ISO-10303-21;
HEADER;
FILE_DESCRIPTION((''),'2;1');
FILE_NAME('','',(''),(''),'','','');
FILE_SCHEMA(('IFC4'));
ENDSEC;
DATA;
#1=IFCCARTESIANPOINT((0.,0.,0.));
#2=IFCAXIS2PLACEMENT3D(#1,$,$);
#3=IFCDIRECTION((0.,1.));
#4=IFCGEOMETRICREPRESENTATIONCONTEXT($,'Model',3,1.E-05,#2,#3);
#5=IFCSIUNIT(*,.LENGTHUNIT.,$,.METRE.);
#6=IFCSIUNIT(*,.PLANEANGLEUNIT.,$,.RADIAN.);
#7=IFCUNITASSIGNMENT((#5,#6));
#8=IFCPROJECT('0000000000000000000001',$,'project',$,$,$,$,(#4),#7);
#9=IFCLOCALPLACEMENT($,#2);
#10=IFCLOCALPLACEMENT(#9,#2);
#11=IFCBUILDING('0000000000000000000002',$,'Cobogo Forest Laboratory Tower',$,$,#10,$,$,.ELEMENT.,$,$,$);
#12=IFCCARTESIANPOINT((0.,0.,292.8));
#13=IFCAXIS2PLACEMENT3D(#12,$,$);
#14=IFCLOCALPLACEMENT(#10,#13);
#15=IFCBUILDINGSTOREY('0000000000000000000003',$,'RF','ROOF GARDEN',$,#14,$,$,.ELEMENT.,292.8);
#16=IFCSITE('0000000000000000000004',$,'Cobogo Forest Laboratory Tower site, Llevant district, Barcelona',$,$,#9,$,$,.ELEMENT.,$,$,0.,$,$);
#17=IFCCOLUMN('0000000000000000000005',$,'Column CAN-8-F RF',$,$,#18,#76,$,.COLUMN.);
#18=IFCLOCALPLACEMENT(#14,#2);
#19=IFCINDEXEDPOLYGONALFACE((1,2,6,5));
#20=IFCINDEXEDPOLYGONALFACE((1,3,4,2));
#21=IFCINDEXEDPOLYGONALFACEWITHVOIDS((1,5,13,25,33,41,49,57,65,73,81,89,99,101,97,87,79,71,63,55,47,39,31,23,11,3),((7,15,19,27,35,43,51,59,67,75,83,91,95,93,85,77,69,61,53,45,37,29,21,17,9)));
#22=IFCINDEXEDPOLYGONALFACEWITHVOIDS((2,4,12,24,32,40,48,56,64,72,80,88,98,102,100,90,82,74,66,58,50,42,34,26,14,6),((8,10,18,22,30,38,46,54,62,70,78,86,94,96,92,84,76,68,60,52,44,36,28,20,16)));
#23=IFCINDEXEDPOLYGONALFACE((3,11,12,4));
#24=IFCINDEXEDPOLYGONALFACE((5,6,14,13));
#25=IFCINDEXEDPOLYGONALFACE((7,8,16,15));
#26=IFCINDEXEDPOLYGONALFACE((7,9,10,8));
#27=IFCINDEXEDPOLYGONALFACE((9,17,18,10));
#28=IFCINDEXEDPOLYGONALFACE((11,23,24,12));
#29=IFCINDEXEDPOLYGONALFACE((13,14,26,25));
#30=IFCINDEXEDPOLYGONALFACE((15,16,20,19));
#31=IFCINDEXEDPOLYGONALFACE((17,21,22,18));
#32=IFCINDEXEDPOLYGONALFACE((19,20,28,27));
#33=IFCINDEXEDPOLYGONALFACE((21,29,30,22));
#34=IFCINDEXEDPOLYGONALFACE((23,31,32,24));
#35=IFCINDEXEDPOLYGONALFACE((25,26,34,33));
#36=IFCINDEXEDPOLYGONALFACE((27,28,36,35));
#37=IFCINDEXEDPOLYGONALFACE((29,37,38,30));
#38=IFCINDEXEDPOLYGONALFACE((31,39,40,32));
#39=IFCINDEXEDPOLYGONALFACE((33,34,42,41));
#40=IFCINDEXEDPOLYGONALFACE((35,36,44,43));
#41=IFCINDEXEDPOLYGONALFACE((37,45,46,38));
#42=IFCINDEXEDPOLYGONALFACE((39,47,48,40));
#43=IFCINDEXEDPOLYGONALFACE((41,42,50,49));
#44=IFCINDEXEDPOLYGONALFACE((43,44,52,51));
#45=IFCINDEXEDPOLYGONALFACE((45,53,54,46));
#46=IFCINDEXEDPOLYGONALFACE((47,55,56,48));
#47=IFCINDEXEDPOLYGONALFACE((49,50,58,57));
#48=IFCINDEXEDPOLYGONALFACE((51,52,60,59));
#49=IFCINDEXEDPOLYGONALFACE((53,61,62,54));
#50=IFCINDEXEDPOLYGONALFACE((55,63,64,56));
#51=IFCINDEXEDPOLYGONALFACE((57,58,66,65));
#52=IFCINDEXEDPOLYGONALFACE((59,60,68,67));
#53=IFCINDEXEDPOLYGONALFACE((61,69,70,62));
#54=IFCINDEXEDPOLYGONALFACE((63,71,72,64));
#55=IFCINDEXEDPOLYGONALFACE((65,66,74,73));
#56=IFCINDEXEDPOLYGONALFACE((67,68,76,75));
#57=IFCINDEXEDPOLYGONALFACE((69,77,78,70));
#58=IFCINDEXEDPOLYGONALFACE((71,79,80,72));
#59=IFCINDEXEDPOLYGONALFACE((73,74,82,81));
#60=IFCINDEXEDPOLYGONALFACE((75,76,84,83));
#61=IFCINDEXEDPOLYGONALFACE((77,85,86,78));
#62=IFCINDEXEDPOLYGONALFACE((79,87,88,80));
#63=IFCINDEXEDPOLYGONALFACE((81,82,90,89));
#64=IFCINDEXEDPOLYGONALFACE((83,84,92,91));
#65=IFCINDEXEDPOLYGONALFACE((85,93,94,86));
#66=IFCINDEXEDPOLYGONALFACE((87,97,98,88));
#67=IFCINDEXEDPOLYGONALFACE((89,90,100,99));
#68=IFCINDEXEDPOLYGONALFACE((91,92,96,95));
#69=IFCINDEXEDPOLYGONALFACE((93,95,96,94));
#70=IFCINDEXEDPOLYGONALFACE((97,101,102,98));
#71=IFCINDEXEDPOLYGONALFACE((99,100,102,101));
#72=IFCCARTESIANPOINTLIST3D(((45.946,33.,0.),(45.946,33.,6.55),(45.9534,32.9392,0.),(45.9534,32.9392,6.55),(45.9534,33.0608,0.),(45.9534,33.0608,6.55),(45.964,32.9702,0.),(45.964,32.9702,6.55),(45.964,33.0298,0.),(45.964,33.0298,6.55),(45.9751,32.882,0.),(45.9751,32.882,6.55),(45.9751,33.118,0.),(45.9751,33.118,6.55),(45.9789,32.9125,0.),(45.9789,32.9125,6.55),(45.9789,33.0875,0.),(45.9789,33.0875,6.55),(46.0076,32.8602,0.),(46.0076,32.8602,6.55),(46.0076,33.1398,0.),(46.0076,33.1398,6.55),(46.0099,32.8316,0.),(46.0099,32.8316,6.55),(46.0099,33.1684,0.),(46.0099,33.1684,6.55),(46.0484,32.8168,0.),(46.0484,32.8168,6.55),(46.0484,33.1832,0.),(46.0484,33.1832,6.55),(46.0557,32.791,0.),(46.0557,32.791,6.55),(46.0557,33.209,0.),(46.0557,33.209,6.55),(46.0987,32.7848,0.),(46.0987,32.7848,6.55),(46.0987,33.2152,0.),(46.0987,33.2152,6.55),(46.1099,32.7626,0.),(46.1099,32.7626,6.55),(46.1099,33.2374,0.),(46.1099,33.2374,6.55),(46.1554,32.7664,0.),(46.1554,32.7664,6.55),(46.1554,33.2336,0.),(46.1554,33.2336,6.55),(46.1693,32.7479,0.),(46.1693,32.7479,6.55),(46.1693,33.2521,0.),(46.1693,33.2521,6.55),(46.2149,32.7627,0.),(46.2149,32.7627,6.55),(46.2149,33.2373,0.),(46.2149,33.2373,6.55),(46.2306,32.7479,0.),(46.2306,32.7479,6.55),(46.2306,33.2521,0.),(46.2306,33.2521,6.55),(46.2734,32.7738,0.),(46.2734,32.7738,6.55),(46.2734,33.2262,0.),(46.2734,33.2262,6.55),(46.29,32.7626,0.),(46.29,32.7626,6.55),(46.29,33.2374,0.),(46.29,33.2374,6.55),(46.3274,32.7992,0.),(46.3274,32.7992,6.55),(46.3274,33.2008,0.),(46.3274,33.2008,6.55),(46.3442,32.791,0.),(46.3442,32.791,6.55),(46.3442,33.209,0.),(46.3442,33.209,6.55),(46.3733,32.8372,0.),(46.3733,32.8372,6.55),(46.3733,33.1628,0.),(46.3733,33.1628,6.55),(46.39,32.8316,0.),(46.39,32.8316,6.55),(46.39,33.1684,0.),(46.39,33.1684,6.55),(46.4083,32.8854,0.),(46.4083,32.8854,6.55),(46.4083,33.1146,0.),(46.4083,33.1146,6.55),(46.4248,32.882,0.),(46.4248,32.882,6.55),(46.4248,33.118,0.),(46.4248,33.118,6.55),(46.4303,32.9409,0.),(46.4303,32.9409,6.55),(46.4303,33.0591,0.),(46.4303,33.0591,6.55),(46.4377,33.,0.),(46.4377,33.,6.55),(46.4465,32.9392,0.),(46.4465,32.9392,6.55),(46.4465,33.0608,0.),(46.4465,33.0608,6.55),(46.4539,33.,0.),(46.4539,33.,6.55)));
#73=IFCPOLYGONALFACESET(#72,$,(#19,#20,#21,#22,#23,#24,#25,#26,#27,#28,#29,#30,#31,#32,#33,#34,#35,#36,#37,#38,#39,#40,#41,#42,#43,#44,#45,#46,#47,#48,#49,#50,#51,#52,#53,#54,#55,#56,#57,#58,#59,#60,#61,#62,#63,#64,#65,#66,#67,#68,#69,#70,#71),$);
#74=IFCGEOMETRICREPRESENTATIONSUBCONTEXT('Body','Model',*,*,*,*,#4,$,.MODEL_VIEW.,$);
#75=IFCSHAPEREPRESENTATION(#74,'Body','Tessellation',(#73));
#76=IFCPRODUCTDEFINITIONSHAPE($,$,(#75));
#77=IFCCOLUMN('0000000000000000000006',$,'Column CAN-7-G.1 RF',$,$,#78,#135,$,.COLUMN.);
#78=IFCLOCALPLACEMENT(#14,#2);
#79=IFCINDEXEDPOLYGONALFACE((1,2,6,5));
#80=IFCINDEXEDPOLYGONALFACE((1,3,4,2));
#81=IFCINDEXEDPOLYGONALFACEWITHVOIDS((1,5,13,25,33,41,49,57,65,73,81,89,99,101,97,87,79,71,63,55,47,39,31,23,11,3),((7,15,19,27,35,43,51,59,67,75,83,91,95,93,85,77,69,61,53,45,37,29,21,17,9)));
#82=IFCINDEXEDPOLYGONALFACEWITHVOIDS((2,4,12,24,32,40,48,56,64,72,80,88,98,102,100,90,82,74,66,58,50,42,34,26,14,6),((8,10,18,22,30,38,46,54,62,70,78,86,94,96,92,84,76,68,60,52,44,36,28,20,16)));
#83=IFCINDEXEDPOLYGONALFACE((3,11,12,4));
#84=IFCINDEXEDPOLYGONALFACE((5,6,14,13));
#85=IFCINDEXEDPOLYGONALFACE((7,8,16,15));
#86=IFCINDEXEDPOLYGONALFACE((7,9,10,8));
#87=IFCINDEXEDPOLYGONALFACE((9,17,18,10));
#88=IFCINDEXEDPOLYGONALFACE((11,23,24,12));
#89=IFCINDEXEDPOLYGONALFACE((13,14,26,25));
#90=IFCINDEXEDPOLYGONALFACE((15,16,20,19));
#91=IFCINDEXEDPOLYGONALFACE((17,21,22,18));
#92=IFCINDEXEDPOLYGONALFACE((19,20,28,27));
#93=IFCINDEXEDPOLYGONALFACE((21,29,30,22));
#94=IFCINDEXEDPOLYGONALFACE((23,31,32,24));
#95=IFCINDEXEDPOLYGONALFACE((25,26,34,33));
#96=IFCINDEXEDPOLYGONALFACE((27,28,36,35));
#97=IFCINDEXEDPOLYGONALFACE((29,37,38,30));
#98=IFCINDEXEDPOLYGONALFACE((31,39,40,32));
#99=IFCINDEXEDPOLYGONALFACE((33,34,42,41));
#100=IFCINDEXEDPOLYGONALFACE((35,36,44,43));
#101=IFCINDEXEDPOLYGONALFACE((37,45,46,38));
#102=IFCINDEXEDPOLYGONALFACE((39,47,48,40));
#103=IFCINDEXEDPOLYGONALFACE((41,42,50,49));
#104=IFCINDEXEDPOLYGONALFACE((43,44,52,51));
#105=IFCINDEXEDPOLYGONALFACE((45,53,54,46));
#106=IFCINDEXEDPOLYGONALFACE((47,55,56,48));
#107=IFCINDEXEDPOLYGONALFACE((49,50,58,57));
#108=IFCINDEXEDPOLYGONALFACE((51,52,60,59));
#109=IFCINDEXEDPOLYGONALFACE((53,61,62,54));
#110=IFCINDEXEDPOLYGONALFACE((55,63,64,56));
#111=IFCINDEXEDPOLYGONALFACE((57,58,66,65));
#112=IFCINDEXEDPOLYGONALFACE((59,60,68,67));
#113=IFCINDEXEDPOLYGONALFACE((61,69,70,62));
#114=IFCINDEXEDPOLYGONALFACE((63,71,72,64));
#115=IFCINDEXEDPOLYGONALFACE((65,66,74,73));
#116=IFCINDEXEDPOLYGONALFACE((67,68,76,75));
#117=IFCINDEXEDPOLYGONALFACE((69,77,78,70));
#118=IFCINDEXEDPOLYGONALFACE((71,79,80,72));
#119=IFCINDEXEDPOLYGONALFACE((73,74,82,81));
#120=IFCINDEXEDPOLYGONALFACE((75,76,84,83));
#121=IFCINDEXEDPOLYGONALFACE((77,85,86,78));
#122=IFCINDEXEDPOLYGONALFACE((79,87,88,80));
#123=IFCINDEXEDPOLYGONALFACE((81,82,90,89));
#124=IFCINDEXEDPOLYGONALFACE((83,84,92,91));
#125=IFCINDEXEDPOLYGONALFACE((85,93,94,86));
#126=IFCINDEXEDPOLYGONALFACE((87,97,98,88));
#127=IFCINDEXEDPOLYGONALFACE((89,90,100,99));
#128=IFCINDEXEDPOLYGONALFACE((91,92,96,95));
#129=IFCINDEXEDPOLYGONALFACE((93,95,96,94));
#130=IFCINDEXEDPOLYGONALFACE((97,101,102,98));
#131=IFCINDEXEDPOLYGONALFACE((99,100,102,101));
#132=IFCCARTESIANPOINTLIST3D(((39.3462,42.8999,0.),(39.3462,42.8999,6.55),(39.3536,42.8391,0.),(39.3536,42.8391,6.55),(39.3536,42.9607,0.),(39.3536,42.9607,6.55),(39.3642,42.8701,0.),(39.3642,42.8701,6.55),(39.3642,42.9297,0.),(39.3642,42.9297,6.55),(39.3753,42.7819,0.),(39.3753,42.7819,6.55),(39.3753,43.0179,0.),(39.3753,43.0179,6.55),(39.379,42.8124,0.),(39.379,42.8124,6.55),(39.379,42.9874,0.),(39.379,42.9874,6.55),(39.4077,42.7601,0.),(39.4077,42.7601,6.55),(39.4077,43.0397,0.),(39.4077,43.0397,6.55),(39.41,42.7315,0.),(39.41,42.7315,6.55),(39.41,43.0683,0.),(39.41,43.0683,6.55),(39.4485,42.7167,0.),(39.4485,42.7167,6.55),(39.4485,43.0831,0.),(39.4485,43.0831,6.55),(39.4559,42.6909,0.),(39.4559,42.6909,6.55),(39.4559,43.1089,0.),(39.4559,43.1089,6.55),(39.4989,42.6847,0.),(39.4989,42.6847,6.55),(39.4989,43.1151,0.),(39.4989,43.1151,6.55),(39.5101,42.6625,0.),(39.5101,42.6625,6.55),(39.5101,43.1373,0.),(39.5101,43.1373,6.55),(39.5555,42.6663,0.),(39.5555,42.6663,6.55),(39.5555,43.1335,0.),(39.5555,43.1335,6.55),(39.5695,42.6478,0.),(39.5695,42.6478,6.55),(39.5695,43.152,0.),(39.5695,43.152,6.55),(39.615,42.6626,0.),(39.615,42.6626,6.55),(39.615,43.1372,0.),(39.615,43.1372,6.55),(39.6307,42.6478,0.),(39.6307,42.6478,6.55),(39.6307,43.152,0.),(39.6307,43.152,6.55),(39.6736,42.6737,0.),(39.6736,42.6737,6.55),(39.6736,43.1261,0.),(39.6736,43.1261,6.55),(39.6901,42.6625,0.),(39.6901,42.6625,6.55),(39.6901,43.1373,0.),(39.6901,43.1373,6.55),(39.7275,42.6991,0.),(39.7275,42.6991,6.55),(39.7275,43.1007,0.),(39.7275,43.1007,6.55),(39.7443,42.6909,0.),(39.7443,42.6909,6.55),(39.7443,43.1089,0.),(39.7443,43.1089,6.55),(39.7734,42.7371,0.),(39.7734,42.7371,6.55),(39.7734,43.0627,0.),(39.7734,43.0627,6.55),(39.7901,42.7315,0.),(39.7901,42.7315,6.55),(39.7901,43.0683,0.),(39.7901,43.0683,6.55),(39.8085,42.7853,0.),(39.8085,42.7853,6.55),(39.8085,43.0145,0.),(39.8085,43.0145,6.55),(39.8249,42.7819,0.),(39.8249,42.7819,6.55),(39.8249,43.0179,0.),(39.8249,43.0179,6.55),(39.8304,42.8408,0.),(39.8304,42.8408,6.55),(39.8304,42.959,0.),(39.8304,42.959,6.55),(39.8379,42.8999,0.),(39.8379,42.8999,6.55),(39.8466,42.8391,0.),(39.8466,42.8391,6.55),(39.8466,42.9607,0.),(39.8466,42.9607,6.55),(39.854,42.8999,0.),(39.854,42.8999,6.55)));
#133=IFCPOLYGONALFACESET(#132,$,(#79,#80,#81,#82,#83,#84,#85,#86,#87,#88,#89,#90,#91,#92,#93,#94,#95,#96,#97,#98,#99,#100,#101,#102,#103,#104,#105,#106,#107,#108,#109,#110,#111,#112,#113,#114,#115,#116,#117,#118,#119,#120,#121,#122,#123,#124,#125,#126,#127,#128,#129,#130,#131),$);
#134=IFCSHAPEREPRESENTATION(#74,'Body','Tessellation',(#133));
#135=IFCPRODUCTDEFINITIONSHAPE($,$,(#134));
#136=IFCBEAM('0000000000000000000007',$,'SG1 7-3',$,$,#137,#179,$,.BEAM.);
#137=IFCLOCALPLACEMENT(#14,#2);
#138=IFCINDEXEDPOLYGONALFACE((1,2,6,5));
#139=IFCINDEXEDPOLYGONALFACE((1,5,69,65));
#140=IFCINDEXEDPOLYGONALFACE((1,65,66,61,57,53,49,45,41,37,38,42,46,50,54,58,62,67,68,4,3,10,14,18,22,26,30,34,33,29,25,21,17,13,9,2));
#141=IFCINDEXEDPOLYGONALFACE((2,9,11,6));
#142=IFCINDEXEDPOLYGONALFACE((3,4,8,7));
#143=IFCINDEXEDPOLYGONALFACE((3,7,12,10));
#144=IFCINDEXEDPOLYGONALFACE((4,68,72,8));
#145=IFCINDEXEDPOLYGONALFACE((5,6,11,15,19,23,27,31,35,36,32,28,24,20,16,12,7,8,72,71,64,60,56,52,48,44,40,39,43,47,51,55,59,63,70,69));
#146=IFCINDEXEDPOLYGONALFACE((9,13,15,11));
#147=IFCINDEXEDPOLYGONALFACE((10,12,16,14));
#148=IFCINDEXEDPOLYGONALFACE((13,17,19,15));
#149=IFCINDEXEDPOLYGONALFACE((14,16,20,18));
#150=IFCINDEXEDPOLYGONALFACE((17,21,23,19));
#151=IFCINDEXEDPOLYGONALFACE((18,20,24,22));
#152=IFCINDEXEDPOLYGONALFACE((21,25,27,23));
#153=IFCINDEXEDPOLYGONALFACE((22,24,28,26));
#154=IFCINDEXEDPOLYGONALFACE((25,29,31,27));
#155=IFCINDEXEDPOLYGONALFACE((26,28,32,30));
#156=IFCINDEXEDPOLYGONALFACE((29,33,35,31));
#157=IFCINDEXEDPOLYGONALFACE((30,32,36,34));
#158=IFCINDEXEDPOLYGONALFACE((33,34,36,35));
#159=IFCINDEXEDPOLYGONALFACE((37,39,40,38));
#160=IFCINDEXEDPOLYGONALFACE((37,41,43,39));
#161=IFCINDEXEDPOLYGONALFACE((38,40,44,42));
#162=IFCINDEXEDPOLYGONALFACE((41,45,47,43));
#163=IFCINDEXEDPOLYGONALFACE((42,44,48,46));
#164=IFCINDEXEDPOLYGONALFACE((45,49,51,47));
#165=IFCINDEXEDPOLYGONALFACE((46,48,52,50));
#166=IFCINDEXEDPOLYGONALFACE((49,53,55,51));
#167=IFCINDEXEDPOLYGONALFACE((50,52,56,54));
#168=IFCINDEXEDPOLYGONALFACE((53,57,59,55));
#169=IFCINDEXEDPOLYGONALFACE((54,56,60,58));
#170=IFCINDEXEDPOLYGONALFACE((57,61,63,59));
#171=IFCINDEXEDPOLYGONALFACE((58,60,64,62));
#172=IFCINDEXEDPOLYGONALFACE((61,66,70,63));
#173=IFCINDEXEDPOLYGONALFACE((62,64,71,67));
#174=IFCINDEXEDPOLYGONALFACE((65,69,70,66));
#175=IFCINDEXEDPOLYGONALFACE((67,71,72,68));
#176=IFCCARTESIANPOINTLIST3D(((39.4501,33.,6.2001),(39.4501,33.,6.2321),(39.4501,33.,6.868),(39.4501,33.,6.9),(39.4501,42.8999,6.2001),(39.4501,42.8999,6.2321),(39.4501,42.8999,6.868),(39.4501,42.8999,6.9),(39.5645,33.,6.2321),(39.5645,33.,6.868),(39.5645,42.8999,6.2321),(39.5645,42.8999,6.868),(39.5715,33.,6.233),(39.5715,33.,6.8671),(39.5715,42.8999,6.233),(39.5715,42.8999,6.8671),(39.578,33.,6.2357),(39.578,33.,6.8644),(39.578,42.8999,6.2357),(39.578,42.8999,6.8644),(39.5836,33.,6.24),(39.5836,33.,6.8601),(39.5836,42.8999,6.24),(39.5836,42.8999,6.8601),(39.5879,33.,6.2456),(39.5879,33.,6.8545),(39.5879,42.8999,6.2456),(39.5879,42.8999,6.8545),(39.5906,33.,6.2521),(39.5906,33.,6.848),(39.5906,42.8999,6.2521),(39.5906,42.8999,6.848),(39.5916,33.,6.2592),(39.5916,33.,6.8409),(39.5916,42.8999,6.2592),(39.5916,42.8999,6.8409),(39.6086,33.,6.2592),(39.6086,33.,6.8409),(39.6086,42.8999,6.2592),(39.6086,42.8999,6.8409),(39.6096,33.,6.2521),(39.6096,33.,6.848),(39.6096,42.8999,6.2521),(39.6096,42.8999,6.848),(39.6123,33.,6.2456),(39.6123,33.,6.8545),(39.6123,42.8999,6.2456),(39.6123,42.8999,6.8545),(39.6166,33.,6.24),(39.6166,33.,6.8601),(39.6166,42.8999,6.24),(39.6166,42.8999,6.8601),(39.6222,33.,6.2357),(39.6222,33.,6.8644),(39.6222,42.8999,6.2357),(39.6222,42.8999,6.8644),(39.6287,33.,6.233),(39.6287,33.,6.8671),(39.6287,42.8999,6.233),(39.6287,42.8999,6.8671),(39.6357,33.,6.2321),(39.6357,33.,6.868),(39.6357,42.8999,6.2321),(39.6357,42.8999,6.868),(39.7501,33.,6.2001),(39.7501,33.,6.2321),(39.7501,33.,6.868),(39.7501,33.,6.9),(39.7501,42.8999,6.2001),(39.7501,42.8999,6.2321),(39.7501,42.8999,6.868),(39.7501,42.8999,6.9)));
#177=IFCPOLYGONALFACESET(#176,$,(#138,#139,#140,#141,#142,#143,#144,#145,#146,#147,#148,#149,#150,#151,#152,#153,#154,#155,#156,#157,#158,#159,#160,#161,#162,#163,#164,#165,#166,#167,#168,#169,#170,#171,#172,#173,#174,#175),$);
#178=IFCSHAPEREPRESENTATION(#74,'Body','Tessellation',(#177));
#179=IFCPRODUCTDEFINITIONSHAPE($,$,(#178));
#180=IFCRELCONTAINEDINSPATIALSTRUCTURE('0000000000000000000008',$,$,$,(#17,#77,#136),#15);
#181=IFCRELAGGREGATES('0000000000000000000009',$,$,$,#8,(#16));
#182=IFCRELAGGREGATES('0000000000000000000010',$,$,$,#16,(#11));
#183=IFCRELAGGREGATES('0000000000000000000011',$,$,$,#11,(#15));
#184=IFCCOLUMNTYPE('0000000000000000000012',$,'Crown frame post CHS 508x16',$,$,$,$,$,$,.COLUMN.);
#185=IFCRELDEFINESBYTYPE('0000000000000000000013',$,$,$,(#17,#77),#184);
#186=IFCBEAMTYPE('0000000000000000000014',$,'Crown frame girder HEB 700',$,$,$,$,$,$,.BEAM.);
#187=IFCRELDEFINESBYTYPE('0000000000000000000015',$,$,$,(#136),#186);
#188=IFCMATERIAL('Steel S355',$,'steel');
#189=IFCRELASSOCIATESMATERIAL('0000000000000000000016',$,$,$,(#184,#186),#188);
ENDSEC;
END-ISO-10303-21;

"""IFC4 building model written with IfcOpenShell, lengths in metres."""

from ifc_helpers import new_model, si_unit, direction, frame, origin, origin_2d, place, context, subcontext, project, spatial, hollow_circle, i_section, extrude, material, material_profile, profile_set, type_object, element, save


model = new_model("IFC4")

# Units and contexts
model_context = context("Model", 3, precision=1e-05, world=origin(), true_north=direction((0.0, 1.0)))
body_context = subcontext(model_context, "Body", "Model", "MODEL_VIEW")
ifc_project = project(units=[si_unit("LENGTHUNIT", "METRE"), si_unit("PLANEANGLEUNIT", "RADIAN")], contexts=[model_context])

# Site, building, storey
site_placement = place(None, origin())
site = spatial("IfcSite", under=ifc_project, at=site_placement, Name="Cobogo Forest Laboratory Tower site, Llevant district, Barcelona", CompositionType="ELEMENT", RefElevation=0.0)
building_placement = place(site_placement, origin())
building = spatial("IfcBuilding", under=site, at=building_placement, Name="Cobogo Forest Laboratory Tower", CompositionType="ELEMENT")
storey_placement = place(building_placement, frame((0.0, 0.0, 292.8)))
storey = spatial("IfcBuildingStorey", under=building, at=storey_placement, Name="RF", Description="ROOF GARDEN", CompositionType="ELEMENT", Elevation=292.8)

# Columns
ifc_material_1 = material(Name="Steel S355", Category="steel")
ifc_material_profile_1 = material_profile(ifc_material_1, hollow_circle(Radius=0.2539, WallThickness=0.0161, at=origin_2d()), Name="CHS 508x16")
ifc_profile_set_1 = profile_set([ifc_material_profile_1], Name="Steel S355")
column_type = type_object("IfcColumnType", Name="Crown frame post CHS 508x16", PredefinedType="COLUMN", material=ifc_profile_set_1)
for number, where, z_axis, x_axis, name in (
    (1, (46.2, 33.0, 0.0), (0.0, 0.0, 1.0), (1.0, 0.0, 0.0), "Column CAN-8-F RF"),
    (2, (39.6001, 42.8999, 0.0), (0.0, 0.0, 1.0), (1.0, 0.0, 0.0), "Column CAN-7-G.1 RF"),
):
    element("IfcColumn", number, at=place(storey_placement, frame(where, z_axis=z_axis, x_axis=x_axis)), inside=storey, type_object=column_type, Name=name, PredefinedType="COLUMN", context=body_context, shape_type="SweptSolid", body=[
        extrude(hollow_circle(Radius=0.2539, WallThickness=0.0161, at=origin_2d()), origin(), (0.0, 0.0, 1.0), 6.55),
    ])

# Beam
ifc_material_profile_2 = material_profile(ifc_material_1, i_section(OverallWidth=0.3, OverallDepth=0.7, WebThickness=0.0171, FlangeThickness=0.032, FilletRadius=0.0271, at=origin_2d()), Name="HEB 700")
ifc_profile_set_2 = profile_set([ifc_material_profile_2], Name="Steel S355")
beam_type_1 = type_object("IfcBeamType", Name="Crown frame girder HEB 700", PredefinedType="BEAM", material=ifc_profile_set_2)
beam_1_placement = place(storey_placement, frame((39.6001, 33.0, 6.55), z_axis=(0.0, 1.0, 0.0), x_axis=(-1.0, 0.0, 0.0)))
element("IfcBeam", 3, at=beam_1_placement, inside=storey, type_object=beam_type_1, Name="SG1 7-3", PredefinedType="BEAM", context=body_context, shape_type="SweptSolid", body=[
    extrude(i_section(OverallWidth=0.3, OverallDepth=0.7, WebThickness=0.0171, FlangeThickness=0.032, FilletRadius=0.0271, at=origin_2d()), origin(), (0.0, 0.0, 1.0), 9.8999),
])

save(model, "model.ifc")
